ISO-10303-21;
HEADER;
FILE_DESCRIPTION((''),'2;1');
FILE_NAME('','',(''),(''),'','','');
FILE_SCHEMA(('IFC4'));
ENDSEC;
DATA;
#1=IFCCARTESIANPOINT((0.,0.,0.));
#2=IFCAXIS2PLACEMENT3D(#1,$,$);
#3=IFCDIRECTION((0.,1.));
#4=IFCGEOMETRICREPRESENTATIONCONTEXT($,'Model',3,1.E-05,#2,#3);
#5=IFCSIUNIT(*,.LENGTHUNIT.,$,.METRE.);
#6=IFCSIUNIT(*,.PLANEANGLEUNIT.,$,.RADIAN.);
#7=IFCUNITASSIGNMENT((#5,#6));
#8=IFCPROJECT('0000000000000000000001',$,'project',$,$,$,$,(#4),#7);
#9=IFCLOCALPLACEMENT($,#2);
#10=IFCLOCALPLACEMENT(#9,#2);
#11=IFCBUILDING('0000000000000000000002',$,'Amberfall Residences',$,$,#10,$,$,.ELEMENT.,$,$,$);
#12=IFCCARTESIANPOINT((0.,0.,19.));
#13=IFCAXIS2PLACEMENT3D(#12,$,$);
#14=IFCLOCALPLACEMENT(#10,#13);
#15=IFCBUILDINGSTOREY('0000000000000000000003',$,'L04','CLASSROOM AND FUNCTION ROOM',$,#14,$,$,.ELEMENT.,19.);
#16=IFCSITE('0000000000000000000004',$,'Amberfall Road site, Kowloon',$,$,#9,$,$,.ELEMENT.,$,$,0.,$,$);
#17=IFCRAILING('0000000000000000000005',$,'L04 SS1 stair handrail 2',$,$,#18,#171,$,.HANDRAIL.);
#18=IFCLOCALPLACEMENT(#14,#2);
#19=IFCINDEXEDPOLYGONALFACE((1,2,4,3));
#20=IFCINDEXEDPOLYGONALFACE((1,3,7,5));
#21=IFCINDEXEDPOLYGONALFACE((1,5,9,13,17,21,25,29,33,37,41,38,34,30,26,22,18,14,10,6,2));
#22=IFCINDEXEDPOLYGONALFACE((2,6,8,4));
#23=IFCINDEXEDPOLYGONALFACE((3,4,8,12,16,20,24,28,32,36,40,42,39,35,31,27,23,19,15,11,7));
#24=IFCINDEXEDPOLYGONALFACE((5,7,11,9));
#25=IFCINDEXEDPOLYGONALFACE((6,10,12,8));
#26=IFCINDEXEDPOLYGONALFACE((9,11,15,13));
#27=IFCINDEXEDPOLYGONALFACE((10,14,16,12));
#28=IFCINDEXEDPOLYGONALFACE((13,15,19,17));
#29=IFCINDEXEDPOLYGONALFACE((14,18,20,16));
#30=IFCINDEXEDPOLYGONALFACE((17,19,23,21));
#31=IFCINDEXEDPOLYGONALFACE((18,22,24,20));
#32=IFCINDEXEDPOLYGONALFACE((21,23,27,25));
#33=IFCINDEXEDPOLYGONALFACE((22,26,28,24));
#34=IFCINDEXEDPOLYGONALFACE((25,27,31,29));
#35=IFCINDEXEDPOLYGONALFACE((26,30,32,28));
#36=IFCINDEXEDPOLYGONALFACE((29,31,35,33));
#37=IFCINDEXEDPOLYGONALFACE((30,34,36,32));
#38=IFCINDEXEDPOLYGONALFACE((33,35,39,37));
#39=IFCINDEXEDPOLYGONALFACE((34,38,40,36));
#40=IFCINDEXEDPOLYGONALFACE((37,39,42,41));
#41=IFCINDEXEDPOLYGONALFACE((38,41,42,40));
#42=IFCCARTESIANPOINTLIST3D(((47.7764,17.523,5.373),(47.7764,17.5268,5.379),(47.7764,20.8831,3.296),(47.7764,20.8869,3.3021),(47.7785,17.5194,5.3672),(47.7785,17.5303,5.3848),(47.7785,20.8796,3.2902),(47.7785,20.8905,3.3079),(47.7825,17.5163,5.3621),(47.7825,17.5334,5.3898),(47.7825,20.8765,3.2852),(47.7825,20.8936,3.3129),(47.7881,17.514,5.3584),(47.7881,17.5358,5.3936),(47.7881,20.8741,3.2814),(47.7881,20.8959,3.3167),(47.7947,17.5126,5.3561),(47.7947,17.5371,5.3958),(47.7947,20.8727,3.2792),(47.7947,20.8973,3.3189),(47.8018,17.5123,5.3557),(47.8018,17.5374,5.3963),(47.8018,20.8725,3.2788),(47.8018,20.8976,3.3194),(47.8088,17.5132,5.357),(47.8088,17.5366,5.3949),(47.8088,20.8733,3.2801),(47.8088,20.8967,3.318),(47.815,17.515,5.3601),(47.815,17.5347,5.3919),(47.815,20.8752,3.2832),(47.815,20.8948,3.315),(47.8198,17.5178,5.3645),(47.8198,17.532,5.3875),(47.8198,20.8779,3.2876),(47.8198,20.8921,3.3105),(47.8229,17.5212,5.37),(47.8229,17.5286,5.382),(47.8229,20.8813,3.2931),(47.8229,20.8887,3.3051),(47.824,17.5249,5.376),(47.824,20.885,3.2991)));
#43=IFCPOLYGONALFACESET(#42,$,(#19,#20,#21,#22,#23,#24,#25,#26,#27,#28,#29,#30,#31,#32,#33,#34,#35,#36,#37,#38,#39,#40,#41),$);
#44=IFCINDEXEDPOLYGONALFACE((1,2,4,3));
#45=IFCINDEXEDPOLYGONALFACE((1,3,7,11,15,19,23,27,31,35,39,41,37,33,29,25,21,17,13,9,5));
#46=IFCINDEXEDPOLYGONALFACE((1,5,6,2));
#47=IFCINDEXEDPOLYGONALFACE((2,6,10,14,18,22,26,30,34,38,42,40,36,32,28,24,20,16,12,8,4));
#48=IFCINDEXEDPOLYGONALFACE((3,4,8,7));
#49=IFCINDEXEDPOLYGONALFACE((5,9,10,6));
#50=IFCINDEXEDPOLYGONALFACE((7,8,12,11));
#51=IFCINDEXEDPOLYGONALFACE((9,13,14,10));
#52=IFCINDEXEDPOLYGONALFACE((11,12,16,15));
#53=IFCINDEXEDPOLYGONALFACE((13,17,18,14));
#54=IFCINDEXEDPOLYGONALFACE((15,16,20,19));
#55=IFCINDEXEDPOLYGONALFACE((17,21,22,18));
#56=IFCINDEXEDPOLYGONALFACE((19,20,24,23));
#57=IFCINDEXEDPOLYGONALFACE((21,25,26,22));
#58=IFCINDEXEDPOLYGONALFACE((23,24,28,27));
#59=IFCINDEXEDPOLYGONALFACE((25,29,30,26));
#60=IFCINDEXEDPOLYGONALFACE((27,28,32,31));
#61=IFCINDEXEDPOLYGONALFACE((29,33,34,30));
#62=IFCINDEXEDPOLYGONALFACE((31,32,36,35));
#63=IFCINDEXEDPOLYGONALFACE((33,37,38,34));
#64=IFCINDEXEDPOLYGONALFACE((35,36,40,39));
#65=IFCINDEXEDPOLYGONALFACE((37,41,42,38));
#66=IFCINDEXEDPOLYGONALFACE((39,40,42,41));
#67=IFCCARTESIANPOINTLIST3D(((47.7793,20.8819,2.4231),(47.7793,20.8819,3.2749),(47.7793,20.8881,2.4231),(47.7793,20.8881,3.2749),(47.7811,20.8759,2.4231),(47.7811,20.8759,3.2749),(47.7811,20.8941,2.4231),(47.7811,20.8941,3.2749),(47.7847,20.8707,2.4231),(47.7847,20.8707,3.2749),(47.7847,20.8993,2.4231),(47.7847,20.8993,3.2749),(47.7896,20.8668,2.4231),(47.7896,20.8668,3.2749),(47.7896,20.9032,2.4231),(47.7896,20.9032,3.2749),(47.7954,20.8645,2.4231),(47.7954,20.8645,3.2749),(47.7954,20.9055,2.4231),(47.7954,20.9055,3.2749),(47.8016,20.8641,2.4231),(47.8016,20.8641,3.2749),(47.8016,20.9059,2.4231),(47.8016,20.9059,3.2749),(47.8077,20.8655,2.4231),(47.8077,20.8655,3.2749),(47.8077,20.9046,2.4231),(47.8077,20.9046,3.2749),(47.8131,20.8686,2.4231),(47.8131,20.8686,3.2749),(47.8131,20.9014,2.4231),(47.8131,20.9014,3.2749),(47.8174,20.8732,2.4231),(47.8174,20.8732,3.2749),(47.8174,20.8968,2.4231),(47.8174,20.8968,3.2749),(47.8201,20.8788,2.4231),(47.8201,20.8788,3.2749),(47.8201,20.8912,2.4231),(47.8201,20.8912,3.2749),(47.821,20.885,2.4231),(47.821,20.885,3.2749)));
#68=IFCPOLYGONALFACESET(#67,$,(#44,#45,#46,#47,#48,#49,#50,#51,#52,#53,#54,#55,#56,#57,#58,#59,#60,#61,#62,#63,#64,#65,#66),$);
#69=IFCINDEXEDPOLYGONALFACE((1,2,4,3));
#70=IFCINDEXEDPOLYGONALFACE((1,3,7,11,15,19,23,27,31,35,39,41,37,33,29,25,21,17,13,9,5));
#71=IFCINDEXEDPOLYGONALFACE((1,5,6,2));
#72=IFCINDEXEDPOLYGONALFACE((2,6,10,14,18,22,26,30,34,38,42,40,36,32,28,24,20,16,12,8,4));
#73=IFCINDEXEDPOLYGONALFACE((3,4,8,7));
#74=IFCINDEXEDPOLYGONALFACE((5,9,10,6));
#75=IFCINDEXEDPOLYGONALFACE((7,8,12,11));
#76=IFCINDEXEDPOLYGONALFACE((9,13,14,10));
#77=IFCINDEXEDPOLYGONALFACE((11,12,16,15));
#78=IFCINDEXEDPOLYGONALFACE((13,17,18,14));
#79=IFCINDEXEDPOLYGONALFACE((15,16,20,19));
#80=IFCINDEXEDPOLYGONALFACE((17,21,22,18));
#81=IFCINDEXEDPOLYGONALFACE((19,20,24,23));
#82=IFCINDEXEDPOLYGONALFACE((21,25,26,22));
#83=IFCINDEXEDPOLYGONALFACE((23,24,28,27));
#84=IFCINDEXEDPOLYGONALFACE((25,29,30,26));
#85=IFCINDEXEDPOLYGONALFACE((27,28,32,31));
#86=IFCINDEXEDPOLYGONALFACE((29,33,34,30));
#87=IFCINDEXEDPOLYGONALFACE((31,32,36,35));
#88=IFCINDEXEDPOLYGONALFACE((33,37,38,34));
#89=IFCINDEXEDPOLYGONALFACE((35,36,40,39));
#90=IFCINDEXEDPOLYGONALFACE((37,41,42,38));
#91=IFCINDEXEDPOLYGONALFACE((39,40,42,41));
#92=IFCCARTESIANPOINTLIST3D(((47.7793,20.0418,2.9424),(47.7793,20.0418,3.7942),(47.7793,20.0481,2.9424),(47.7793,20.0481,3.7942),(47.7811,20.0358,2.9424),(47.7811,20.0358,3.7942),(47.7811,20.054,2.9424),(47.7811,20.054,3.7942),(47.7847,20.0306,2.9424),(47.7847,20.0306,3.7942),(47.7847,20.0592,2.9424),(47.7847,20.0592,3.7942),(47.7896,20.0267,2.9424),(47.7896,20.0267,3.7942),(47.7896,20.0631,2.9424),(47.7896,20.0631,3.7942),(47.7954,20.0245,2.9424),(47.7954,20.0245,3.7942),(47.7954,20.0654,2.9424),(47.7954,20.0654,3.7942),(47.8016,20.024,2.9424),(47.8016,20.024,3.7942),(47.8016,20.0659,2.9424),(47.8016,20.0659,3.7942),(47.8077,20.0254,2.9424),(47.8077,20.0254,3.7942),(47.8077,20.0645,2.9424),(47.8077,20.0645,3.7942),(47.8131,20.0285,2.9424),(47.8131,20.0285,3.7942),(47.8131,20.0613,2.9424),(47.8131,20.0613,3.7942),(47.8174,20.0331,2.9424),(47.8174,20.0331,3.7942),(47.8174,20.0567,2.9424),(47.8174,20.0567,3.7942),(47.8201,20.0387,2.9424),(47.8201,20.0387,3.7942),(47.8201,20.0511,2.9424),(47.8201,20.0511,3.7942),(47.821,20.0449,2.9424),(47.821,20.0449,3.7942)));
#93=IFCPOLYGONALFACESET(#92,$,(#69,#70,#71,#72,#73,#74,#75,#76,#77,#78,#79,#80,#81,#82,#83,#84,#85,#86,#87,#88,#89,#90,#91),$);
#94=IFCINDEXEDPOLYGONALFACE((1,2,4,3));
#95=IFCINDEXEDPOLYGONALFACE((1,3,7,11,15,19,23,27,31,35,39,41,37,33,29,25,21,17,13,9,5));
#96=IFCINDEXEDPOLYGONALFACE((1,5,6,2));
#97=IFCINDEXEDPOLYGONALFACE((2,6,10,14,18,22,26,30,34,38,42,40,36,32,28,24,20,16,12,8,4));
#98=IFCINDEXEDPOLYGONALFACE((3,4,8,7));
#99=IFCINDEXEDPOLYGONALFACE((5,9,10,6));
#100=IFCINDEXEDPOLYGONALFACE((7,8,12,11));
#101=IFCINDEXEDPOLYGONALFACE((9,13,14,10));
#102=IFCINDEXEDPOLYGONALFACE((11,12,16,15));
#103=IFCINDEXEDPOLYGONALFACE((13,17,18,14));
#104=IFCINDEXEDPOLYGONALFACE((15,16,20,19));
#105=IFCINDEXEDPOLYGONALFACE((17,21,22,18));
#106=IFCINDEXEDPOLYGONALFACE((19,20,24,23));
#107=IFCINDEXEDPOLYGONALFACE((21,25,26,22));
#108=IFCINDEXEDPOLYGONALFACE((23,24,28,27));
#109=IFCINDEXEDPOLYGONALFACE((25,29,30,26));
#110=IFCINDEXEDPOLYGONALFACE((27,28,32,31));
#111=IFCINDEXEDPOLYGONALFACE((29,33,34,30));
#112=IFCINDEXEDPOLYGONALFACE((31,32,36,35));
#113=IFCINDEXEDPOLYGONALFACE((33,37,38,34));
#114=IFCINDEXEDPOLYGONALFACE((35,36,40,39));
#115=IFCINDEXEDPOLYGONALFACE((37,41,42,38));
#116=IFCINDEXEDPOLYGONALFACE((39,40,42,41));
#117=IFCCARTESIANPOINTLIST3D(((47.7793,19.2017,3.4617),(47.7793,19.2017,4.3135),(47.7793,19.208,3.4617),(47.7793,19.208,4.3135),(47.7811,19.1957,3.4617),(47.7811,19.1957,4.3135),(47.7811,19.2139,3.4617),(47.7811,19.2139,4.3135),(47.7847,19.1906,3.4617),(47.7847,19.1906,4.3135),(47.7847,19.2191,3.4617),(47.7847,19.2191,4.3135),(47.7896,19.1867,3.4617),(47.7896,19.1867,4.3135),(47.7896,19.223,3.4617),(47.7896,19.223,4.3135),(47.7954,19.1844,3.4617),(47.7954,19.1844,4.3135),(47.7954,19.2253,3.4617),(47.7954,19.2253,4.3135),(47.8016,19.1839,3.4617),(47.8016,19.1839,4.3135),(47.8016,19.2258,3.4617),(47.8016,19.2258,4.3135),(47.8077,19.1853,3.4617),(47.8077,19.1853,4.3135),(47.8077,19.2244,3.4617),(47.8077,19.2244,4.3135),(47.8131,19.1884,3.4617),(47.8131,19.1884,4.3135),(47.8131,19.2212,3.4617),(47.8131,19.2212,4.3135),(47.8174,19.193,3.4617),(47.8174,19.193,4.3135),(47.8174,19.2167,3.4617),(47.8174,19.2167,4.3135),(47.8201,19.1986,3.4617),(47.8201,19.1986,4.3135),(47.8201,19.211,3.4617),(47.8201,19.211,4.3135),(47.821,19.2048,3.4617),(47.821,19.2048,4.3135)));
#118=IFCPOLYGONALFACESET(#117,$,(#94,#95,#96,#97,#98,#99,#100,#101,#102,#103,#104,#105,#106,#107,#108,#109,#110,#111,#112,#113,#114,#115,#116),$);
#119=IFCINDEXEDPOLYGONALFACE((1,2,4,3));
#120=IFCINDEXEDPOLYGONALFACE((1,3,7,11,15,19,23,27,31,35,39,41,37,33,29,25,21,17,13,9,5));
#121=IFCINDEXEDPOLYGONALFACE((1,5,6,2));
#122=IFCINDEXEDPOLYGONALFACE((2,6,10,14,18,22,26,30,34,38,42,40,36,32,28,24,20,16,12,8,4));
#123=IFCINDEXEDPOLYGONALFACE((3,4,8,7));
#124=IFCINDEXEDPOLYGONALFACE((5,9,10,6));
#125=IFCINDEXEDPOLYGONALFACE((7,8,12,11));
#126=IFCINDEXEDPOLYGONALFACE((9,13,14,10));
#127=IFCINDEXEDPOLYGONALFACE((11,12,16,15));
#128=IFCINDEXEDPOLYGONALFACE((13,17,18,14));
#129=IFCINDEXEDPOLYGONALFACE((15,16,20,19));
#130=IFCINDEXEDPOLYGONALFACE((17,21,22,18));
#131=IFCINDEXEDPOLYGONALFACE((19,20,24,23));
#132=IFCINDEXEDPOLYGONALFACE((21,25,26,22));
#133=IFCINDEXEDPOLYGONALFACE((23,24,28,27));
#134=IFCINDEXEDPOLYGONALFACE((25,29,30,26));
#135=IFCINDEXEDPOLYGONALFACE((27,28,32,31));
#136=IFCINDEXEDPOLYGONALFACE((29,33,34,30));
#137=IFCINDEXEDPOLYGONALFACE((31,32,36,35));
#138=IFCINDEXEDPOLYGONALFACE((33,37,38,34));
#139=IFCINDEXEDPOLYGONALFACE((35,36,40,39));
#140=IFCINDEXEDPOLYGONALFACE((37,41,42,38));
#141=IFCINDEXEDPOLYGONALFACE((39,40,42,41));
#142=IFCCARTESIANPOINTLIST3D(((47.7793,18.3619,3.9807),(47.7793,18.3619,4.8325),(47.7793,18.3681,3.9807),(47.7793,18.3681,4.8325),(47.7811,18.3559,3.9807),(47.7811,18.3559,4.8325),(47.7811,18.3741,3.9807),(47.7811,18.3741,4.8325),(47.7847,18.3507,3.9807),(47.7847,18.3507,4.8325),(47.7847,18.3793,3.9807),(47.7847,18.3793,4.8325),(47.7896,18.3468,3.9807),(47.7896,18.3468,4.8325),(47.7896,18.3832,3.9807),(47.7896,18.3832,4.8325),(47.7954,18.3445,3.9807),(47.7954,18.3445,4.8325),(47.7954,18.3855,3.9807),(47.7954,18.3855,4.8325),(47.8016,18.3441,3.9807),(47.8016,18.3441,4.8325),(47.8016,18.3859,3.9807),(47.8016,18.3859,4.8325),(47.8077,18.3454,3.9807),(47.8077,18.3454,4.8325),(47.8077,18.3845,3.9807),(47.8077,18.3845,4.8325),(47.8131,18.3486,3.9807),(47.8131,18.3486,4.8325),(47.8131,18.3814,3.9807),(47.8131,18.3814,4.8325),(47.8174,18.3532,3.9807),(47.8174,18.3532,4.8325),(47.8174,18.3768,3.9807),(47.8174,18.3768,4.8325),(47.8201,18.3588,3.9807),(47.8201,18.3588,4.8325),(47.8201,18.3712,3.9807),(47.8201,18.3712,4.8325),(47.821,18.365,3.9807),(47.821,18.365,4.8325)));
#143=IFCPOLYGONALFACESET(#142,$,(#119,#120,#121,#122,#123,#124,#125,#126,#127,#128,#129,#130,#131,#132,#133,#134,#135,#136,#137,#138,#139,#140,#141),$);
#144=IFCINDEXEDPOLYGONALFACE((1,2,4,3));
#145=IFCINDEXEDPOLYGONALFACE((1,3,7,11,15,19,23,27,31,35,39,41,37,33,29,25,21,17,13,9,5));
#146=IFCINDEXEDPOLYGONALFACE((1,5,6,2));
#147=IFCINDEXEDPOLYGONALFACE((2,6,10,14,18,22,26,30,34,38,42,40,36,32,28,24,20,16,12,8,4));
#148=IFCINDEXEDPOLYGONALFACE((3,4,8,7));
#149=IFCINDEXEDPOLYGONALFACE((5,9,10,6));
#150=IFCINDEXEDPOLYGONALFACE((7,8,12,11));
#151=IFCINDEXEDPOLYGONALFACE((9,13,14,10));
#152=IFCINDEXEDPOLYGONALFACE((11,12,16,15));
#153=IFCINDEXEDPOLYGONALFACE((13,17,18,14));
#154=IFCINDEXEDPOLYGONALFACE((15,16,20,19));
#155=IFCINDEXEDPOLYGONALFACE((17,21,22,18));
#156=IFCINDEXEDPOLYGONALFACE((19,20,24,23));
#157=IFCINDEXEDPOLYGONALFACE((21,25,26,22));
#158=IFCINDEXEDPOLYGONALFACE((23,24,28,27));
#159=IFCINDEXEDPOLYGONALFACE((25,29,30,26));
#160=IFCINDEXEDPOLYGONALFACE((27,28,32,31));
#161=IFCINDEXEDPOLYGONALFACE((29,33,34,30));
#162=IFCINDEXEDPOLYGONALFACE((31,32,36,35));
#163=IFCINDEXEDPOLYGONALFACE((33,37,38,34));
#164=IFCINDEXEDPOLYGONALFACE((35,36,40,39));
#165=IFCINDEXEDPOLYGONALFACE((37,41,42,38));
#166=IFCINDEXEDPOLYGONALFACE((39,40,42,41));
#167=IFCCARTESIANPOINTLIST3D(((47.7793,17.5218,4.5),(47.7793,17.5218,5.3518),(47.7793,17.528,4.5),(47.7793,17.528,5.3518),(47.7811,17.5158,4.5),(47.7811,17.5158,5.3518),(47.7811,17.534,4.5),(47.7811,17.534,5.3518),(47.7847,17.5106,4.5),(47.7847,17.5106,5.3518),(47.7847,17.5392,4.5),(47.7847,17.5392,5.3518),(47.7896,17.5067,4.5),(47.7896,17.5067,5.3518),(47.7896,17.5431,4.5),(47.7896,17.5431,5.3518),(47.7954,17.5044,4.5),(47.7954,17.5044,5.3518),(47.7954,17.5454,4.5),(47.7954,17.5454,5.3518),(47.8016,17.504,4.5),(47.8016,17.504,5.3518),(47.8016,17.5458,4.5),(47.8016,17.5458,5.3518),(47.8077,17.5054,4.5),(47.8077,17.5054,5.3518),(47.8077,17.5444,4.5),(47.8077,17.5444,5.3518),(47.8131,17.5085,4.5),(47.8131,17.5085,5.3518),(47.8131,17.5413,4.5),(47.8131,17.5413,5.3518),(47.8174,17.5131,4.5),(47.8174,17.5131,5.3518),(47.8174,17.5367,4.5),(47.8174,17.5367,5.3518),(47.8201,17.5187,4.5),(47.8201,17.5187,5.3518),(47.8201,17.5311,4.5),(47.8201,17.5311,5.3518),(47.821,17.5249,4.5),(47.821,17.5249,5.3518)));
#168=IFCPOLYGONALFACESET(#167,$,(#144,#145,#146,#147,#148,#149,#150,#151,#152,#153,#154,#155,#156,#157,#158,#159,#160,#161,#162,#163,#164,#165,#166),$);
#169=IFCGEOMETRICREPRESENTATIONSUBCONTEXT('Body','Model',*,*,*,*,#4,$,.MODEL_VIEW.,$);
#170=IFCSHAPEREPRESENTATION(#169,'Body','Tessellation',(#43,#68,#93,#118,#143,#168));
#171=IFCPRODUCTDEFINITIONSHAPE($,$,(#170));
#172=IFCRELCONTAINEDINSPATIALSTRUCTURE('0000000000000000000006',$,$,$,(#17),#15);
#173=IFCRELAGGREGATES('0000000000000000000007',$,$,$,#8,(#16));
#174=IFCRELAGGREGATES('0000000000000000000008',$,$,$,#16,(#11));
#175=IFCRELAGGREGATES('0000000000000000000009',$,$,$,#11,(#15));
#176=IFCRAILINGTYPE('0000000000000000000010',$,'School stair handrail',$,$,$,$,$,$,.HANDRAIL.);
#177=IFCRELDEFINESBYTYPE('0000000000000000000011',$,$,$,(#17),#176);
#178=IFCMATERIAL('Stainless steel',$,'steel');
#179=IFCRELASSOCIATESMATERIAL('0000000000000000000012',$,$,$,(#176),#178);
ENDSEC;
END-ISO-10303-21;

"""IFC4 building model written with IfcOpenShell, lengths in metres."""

from ifc_helpers import new_model, si_unit, direction, frame, origin, origin_2d, place, context, subcontext, project, spatial, circle, extrude, material, type_object, element, save


model = new_model("IFC4")

# Units and contexts
model_context = context("Model", 3, precision=1e-05, world=origin(), true_north=direction((0.0, 1.0)))
body_context = subcontext(model_context, "Body", "Model", "MODEL_VIEW")
ifc_project = project(units=[si_unit("LENGTHUNIT", "METRE"), si_unit("PLANEANGLEUNIT", "RADIAN")], contexts=[model_context])

# Site, building, storey
site_placement = place(None, origin())
site = spatial("IfcSite", under=ifc_project, at=site_placement, Name="Amberfall Road site, Kowloon", CompositionType="ELEMENT", RefElevation=0.0)
building_placement = place(site_placement, origin())
building = spatial("IfcBuilding", under=site, at=building_placement, Name="Amberfall Residences", CompositionType="ELEMENT")
storey_placement = place(building_placement, frame((0.0, 0.0, 19.0)))
storey = spatial("IfcBuildingStorey", under=building, at=storey_placement, Name="L04", Description="CLASSROOM AND FUNCTION ROOM", CompositionType="ELEMENT", Elevation=19.0)

# Railing
ifc_material_1 = material(Name="Stainless steel", Category="steel")
railing_type_1 = type_object("IfcRailingType", Name="School stair handrail", PredefinedType="HANDRAIL", material=ifc_material_1)
railing_1_placement = place(storey_placement, frame((47.8, 20.885, 2.4231)))
element("IfcRailing", 1, at=railing_1_placement, inside=storey, type_object=railing_type_1, Name="L04 SS1 stair handrail 2", PredefinedType="HANDRAIL", context=body_context, shape_type="SweptSolid", body=[
    extrude(circle(Radius=0.0239, at=origin_2d()), frame((0.0, 0.0, 0.876), z_axis=(0.0, -0.850623, 0.525776), x_axis=(1.0, 0.0, 0.0)), (0.0, 0.0, 1.0), 3.9502),
    extrude(circle(Radius=0.021, at=origin_2d()), origin(), (0.0, 0.0, 1.0), 0.8518),
    extrude(circle(Radius=0.021, at=origin_2d()), frame((0.0, -0.8401, 0.5193)), (0.0, 0.0, 1.0), 0.8518),
    extrude(circle(Radius=0.021, at=origin_2d()), frame((0.0, -1.6802, 1.0386)), (0.0, 0.0, 1.0), 0.8518),
    extrude(circle(Radius=0.021, at=origin_2d()), frame((0.0, -2.52, 1.5576)), (0.0, 0.0, 1.0), 0.8518),
    extrude(circle(Radius=0.021, at=origin_2d()), frame((0.0, -3.3601, 2.0769)), (0.0, 0.0, 1.0), 0.8518),
])

save(model, "model.ifc")
